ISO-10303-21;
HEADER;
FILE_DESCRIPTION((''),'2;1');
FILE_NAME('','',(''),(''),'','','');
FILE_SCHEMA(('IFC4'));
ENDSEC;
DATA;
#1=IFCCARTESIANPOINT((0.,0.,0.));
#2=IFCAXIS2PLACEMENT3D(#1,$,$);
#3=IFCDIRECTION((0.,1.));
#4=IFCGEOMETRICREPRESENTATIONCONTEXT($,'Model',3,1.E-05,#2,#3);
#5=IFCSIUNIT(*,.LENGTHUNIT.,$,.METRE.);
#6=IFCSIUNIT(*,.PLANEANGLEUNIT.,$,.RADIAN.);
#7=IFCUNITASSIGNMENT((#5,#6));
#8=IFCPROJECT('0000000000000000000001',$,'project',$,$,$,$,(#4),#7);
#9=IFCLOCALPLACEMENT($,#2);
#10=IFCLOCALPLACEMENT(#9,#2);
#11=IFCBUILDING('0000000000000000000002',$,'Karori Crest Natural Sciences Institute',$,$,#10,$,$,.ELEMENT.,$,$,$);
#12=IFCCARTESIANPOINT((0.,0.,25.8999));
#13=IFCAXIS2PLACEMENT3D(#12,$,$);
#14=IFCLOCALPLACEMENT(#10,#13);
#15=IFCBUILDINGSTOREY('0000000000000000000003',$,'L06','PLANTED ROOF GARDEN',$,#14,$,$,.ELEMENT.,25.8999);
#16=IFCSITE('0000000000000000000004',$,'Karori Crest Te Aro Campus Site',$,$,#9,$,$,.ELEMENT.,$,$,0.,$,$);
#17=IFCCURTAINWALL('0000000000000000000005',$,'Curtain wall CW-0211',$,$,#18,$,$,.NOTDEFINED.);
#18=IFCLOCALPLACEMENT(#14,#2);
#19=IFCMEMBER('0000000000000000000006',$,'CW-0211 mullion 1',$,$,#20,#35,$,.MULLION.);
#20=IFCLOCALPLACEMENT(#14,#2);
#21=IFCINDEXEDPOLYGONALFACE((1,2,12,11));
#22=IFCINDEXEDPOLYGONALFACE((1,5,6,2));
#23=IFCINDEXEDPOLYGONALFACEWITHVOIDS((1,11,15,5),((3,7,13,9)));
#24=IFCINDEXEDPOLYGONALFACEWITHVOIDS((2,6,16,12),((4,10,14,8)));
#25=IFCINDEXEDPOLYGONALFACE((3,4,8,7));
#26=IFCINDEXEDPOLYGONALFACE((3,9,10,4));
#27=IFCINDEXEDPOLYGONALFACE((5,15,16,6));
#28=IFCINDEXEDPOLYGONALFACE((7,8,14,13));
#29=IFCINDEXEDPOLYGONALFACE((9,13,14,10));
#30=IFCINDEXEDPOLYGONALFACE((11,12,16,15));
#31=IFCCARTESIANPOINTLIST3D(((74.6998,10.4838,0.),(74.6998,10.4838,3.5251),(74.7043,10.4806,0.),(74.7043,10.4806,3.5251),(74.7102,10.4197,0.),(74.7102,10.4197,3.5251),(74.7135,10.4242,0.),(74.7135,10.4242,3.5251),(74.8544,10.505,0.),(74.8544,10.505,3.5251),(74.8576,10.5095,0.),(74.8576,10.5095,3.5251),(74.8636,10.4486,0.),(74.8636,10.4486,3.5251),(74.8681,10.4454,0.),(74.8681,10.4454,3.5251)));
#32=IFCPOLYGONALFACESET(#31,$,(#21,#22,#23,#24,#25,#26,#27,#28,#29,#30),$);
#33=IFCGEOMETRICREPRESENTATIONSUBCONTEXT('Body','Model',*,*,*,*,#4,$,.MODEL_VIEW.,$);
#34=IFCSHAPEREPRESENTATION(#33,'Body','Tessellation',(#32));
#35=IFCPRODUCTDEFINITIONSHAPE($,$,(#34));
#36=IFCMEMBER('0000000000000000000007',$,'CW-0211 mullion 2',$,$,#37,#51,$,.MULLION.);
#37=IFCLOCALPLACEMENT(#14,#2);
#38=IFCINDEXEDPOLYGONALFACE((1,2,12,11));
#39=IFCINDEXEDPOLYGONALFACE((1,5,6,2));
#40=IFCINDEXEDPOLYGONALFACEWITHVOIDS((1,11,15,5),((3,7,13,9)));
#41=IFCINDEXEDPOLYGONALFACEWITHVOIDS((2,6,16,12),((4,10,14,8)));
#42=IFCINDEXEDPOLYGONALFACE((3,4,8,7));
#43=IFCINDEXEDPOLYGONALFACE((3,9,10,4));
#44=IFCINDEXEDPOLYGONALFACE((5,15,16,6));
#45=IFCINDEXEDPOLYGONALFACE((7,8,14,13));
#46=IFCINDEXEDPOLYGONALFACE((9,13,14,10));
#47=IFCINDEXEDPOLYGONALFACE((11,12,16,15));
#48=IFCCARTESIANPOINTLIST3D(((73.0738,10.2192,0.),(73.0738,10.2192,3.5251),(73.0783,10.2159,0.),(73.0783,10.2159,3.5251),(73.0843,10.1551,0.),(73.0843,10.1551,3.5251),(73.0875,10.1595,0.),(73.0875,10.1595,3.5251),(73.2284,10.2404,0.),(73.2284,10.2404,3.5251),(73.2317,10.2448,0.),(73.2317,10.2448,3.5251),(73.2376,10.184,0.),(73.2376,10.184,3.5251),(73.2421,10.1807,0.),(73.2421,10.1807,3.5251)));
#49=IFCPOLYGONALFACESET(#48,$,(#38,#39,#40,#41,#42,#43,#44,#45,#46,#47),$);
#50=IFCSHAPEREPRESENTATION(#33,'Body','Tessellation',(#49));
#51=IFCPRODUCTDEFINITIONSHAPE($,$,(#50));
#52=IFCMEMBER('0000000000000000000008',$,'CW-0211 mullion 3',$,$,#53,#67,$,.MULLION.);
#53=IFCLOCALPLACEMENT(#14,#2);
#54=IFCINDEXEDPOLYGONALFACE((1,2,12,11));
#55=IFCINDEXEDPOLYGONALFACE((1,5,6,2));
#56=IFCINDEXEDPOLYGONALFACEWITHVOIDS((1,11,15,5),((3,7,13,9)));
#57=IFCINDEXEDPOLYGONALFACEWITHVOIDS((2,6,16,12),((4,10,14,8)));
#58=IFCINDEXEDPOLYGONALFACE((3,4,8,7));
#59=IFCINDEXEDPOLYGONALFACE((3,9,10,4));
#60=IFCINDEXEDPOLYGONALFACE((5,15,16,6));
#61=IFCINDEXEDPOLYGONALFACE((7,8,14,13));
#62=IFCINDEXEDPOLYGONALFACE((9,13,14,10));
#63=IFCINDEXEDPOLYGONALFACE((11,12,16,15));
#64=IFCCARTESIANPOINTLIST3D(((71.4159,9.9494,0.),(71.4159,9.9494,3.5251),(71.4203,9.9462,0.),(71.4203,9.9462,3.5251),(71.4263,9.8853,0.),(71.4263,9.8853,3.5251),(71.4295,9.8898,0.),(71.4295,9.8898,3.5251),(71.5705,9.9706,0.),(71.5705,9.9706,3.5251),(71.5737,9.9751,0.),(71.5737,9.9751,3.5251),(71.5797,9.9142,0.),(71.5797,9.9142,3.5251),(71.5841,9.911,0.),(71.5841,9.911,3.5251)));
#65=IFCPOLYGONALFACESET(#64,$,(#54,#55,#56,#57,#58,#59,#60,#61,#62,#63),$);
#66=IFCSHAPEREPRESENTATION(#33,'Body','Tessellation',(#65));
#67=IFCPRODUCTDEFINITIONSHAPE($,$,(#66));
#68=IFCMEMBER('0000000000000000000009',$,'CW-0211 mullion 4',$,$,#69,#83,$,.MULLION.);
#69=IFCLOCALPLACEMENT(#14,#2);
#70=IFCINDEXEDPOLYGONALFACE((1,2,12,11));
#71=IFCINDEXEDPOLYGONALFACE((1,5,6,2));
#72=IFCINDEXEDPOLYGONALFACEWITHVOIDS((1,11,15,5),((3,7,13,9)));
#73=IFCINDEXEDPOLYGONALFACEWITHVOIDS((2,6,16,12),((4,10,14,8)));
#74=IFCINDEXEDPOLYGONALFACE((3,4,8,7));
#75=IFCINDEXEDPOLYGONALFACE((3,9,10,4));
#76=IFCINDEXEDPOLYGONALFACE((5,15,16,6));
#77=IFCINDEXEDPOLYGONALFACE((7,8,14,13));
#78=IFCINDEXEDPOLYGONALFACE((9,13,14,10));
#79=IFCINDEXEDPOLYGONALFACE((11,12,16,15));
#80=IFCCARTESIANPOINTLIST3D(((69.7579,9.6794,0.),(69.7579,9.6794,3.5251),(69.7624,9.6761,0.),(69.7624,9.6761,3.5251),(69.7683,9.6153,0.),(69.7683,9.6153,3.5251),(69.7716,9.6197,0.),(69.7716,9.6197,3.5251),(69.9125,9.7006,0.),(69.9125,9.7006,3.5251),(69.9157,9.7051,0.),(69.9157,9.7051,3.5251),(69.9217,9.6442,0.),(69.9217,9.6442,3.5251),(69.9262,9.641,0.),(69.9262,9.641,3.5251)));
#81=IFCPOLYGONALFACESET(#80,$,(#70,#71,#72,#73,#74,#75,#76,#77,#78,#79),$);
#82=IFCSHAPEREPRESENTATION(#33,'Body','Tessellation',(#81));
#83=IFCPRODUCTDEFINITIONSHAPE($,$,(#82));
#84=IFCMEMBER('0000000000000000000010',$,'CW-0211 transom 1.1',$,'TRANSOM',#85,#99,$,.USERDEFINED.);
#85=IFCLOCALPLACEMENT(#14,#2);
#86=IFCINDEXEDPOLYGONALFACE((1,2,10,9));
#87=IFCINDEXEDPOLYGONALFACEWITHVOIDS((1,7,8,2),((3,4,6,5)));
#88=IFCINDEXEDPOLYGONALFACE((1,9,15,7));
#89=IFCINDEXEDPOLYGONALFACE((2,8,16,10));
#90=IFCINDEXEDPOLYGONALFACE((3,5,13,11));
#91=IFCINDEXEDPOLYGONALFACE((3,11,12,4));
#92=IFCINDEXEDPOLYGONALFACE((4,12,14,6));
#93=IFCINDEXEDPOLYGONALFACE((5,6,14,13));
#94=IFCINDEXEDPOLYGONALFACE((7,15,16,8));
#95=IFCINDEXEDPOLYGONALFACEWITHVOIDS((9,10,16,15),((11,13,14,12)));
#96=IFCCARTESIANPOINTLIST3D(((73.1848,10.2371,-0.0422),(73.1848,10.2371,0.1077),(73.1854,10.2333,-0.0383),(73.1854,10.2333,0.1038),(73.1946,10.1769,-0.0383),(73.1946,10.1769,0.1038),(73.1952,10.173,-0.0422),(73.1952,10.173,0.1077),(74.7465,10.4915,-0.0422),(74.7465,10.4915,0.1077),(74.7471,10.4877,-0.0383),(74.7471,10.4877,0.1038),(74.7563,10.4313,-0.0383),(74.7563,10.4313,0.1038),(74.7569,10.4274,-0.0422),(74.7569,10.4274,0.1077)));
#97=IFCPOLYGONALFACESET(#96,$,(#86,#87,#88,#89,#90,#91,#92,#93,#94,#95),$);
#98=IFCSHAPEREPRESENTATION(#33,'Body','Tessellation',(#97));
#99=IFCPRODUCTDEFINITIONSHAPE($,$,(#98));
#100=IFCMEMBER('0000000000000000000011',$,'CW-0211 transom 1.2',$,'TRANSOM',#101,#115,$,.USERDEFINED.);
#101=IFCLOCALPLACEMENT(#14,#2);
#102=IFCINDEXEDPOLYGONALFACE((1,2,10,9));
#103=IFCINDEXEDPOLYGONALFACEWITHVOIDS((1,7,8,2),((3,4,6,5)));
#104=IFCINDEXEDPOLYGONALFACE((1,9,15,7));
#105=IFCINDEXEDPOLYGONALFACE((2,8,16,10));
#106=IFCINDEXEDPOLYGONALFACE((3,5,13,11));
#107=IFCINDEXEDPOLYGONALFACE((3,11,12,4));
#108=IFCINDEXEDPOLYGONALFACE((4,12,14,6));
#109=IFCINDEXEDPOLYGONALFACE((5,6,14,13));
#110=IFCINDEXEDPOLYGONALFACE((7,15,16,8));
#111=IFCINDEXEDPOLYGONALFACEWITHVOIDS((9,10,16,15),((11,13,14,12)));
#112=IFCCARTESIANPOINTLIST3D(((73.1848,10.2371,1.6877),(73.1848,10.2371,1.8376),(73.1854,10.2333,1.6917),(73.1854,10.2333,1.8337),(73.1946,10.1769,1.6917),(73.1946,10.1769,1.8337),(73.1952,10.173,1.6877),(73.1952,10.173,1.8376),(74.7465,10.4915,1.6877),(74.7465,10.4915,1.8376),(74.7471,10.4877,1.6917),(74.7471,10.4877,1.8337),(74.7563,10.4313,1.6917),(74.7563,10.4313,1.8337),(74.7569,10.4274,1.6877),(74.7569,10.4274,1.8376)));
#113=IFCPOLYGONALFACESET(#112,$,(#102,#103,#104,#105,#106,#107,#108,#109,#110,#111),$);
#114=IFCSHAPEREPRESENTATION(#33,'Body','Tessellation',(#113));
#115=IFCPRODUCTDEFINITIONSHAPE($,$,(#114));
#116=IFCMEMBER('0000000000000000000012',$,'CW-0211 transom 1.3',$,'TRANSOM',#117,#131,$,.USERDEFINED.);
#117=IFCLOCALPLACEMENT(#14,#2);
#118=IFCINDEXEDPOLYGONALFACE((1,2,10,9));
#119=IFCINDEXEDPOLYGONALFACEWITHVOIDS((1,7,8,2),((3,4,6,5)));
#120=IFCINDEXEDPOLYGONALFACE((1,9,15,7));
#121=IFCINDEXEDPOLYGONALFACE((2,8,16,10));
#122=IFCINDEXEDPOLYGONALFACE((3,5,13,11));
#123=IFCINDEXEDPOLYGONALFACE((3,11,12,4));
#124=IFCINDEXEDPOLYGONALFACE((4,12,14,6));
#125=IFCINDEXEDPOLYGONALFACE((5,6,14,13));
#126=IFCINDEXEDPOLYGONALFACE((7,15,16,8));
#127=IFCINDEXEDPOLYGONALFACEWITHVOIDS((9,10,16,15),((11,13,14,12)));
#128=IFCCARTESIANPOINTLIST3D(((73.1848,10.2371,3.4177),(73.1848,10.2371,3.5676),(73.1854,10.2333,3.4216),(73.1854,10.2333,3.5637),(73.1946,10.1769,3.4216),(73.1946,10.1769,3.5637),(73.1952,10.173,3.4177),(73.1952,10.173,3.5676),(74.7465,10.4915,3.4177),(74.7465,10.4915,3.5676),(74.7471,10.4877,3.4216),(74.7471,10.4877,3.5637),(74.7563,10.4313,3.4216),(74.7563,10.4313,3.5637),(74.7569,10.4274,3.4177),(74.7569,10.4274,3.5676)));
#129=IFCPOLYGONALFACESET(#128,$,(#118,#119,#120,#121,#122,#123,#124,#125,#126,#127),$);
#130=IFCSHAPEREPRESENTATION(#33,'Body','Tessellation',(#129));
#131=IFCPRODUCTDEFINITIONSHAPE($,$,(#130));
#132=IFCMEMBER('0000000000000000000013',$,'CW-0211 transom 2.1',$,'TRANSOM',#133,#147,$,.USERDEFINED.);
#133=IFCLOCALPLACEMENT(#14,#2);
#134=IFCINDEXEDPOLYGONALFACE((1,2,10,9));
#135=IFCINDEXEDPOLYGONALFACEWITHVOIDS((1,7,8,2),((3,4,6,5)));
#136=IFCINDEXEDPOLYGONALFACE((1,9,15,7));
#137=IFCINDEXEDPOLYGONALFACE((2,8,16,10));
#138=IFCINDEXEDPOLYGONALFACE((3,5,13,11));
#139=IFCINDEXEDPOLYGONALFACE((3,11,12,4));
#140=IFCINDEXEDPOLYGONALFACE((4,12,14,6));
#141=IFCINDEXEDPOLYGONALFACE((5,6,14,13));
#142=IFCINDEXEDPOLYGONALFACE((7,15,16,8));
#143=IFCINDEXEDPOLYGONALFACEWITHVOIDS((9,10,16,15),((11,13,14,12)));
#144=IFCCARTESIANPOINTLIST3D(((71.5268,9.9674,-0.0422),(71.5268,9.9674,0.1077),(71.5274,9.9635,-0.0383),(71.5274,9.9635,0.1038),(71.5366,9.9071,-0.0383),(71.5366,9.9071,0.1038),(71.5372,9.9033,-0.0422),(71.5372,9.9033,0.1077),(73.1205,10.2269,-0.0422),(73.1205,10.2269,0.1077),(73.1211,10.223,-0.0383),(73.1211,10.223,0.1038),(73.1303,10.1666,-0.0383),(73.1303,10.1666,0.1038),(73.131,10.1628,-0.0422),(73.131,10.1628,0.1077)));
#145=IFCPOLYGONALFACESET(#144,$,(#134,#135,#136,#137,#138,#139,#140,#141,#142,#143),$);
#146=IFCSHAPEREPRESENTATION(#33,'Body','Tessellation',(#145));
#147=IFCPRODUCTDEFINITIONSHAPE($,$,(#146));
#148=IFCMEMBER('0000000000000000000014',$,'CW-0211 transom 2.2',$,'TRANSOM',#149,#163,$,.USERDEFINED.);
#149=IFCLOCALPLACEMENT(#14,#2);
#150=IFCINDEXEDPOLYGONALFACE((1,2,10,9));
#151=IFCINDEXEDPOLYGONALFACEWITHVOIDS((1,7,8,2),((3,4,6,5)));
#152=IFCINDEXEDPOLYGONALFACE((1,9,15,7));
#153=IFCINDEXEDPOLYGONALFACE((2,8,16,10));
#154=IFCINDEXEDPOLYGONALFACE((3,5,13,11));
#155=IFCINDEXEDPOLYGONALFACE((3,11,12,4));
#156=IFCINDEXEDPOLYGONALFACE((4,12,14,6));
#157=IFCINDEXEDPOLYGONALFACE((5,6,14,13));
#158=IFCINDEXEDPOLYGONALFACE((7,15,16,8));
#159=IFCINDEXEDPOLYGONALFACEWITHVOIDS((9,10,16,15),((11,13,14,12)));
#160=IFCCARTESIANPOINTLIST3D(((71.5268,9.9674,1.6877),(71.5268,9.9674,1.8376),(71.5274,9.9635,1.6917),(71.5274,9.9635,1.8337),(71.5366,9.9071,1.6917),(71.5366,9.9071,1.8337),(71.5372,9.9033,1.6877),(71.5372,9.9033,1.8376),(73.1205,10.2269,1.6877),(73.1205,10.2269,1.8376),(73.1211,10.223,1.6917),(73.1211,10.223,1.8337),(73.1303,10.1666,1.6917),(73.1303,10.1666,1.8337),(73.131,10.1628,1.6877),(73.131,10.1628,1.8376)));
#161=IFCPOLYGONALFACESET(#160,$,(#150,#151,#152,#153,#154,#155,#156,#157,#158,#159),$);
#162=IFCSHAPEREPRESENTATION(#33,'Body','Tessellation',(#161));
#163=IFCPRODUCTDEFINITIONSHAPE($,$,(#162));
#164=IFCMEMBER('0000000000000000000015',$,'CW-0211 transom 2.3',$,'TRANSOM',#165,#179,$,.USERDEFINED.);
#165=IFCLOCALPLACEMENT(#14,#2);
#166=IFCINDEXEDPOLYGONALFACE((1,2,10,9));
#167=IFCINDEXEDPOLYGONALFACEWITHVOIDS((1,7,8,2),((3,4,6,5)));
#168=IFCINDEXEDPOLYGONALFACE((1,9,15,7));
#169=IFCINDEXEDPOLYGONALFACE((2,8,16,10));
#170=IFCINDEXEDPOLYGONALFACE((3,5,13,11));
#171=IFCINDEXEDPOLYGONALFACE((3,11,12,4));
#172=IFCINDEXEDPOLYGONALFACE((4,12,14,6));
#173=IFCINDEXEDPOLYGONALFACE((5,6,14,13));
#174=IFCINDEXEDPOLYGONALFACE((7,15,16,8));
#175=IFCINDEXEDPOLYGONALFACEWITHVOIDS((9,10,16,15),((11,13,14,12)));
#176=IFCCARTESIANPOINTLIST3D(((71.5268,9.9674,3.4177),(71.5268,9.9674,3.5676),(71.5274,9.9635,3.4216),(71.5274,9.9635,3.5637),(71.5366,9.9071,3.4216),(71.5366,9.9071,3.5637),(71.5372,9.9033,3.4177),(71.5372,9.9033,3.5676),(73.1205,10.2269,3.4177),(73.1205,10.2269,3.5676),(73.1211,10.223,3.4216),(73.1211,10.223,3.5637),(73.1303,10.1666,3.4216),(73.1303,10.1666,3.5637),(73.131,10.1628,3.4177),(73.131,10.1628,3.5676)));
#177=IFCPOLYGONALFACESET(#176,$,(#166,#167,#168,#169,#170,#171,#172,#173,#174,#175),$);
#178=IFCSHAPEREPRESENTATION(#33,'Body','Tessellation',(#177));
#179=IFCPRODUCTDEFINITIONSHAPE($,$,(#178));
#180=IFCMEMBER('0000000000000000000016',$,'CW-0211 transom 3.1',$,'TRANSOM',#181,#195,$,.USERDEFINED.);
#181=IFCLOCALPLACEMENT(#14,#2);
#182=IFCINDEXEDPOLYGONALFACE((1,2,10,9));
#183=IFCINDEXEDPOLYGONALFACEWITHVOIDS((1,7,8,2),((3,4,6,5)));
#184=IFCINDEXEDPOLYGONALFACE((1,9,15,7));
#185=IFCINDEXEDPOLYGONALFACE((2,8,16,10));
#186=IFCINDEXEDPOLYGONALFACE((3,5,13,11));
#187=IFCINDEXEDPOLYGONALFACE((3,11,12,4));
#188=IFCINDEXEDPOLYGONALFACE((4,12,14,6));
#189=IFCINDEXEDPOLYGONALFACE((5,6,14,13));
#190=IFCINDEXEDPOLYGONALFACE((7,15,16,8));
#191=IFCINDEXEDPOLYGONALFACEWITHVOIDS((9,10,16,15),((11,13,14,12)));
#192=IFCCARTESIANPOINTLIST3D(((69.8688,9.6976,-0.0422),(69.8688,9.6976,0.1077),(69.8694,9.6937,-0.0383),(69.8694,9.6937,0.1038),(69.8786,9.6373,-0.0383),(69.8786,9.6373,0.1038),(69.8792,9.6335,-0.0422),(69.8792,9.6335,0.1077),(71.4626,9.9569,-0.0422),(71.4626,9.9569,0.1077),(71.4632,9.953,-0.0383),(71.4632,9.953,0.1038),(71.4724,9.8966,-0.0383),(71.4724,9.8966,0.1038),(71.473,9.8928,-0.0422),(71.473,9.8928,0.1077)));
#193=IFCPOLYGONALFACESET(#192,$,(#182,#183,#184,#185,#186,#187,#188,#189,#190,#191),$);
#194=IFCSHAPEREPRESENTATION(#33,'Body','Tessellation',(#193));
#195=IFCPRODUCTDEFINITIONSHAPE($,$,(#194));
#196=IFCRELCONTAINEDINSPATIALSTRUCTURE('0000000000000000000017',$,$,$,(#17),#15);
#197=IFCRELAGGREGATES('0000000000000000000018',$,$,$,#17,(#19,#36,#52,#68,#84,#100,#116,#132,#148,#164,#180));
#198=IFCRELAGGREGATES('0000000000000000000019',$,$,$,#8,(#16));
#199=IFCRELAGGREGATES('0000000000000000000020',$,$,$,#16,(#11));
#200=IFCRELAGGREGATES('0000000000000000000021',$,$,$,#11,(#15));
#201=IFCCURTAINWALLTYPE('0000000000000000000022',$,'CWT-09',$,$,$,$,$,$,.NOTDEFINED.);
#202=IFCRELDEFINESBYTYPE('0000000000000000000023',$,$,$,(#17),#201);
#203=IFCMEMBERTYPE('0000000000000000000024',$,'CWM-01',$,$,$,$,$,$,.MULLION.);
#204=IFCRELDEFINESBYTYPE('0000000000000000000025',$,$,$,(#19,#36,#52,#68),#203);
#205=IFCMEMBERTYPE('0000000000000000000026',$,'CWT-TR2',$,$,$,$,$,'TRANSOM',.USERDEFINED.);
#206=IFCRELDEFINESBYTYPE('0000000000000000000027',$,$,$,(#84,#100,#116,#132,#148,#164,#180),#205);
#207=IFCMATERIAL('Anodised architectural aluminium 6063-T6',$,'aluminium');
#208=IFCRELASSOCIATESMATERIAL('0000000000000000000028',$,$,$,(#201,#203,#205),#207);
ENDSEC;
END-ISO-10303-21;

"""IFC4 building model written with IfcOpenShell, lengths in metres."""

from ifc_helpers import new_model, si_unit, direction, frame, origin, origin_2d, place, context, subcontext, project, spatial, hollow_rectangle, extrude, material, material_profile, profile_set, type_object, element, aggregate, save


model = new_model("IFC4")

# Units and contexts
model_context = context("Model", 3, precision=1e-05, world=origin(), true_north=direction((0.0, 1.0)))
body_context = subcontext(model_context, "Body", "Model", "MODEL_VIEW")
ifc_project = project(units=[si_unit("LENGTHUNIT", "METRE"), si_unit("PLANEANGLEUNIT", "RADIAN")], contexts=[model_context])

# Site, building, storey
site_placement = place(None, origin())
site = spatial("IfcSite", under=ifc_project, at=site_placement, Name="Karori Crest Te Aro Campus Site", CompositionType="ELEMENT", RefElevation=0.0)
building_placement = place(site_placement, origin())
building = spatial("IfcBuilding", under=site, at=building_placement, Name="Karori Crest Natural Sciences Institute", CompositionType="ELEMENT")
storey_placement = place(building_placement, frame((0.0, 0.0, 25.8999)))
storey = spatial("IfcBuildingStorey", under=building, at=storey_placement, Name="L06", Description="PLANTED ROOF GARDEN", CompositionType="ELEMENT", Elevation=25.8999)

# Curtain wall, members
ifc_material_1 = material(Name="Anodised architectural aluminium 6063-T6", Category="aluminium")
curtain_wall_type = type_object("IfcCurtainWallType", Name="CWT-09", PredefinedType="NOTDEFINED", material=ifc_material_1)
curtain_wall_placement = place(storey_placement, origin())
curtain_wall = element("IfcCurtainWall", 1, at=curtain_wall_placement, inside=storey, type_object=curtain_wall_type, Name="Curtain wall CW-0211", PredefinedType="NOTDEFINED")
ifc_material_profile_1 = material_profile(ifc_material_1, hollow_rectangle(XDim=0.0649, YDim=0.1599, WallThickness=0.0039, at=origin_2d()), Name="CWM160x65x4")
ifc_profile_set_1 = profile_set([ifc_material_profile_1], Name="Anodised architectural aluminium 6063-T6")
member_type_1 = type_object("IfcMemberType", Name="CWM-01", PredefinedType="MULLION", material=ifc_profile_set_1)
member_1_placement = place(storey_placement, frame((74.7839, 10.4646, 0.0), z_axis=(0.0, 0.0, 1.0), x_axis=(0.16065, -0.987011, 0.0)))
member_1 = element("IfcMember", 2, at=member_1_placement, type_object=member_type_1, Name="CW-0211 mullion 1", PredefinedType="MULLION", context=body_context, shape_type="SweptSolid", body=[
    extrude(hollow_rectangle(XDim=0.0649, YDim=0.1599, WallThickness=0.0039, at=origin_2d()), origin(), (0.0, 0.0, 1.0), 3.5251),
])
member_2_placement = place(storey_placement, frame((73.158, 10.2, 0.0), z_axis=(0.0, 0.0, 1.0), x_axis=(0.16065, -0.987011, 0.0)))
member_2 = element("IfcMember", 3, at=member_2_placement, type_object=member_type_1, Name="CW-0211 mullion 2", PredefinedType="MULLION", context=body_context, shape_type="SweptSolid", body=[
    extrude(hollow_rectangle(XDim=0.0649, YDim=0.1599, WallThickness=0.0039, at=origin_2d()), origin(), (0.0, 0.0, 1.0), 3.5251),
])
member_3_placement = place(storey_placement, frame((71.5, 9.9302, 0.0), z_axis=(0.0, 0.0, 1.0), x_axis=(0.16065, -0.987011, 0.0)))
member_3 = element("IfcMember", 4, at=member_3_placement, type_object=member_type_1, Name="CW-0211 mullion 3", PredefinedType="MULLION", context=body_context, shape_type="SweptSolid", body=[
    extrude(hollow_rectangle(XDim=0.0649, YDim=0.1599, WallThickness=0.0039, at=origin_2d()), origin(), (0.0, 0.0, 1.0), 3.5251),
])
member_4_placement = place(storey_placement, frame((69.842, 9.6602, 0.0), z_axis=(0.0, 0.0, 1.0), x_axis=(0.16065, -0.987011, 0.0)))
member_4 = element("IfcMember", 5, at=member_4_placement, type_object=member_type_1, Name="CW-0211 mullion 4", PredefinedType="MULLION", context=body_context, shape_type="SweptSolid", body=[
    extrude(hollow_rectangle(XDim=0.0649, YDim=0.1599, WallThickness=0.0039, at=origin_2d()), origin(), (0.0, 0.0, 1.0), 3.5251),
])
ifc_material_profile_2 = material_profile(ifc_material_1, hollow_rectangle(XDim=0.0649, YDim=0.1499, WallThickness=0.0039, at=origin_2d()), Name="CWT150x65x4")
ifc_profile_set_2 = profile_set([ifc_material_profile_2], Name="Anodised architectural aluminium 6063-T6")
member_type_2 = type_object("IfcMemberType", Name="CWT-TR2", ElementType="TRANSOM", PredefinedType="USERDEFINED", material=ifc_profile_set_2)
member_5_placement = place(storey_placement, frame((74.7517, 10.4595, 0.0327), z_axis=(-0.986992, -0.16077, 0.0), x_axis=(0.16077, -0.986992, 0.0)))
member_5 = element("IfcMember", 6, at=member_5_placement, type_object=member_type_2, Name="CW-0211 transom 1.1", ObjectType="TRANSOM", PredefinedType="USERDEFINED", context=body_context, shape_type="SweptSolid", body=[
    extrude(hollow_rectangle(XDim=0.0649, YDim=0.1499, WallThickness=0.0039, at=origin_2d()), origin(), (0.0, 0.0, 1.0), 1.5823),
])
member_6_placement = place(storey_placement, frame((74.7517, 10.4595, 1.7627), z_axis=(-0.986992, -0.16077, 0.0), x_axis=(0.16077, -0.986992, 0.0)))
member_6 = element("IfcMember", 7, at=member_6_placement, type_object=member_type_2, Name="CW-0211 transom 1.2", ObjectType="TRANSOM", PredefinedType="USERDEFINED", context=body_context, shape_type="SweptSolid", body=[
    extrude(hollow_rectangle(XDim=0.0649, YDim=0.1499, WallThickness=0.0039, at=origin_2d()), origin(), (0.0, 0.0, 1.0), 1.5823),
])
member_7_placement = place(storey_placement, frame((74.7517, 10.4595, 3.4927), z_axis=(-0.986992, -0.16077, 0.0), x_axis=(0.16077, -0.986992, 0.0)))
member_7 = element("IfcMember", 8, at=member_7_placement, type_object=member_type_2, Name="CW-0211 transom 1.3", ObjectType="TRANSOM", PredefinedType="USERDEFINED", context=body_context, shape_type="SweptSolid", body=[
    extrude(hollow_rectangle(XDim=0.0649, YDim=0.1499, WallThickness=0.0039, at=origin_2d()), origin(), (0.0, 0.0, 1.0), 1.5823),
])
member_8_placement = place(storey_placement, frame((73.1257, 10.1948, 0.0327), z_axis=(-0.987, -0.16072, 0.0), x_axis=(0.16072, -0.987, 0.0)))
member_8 = element("IfcMember", 9, at=member_8_placement, type_object=member_type_2, Name="CW-0211 transom 2.1", ObjectType="TRANSOM", PredefinedType="USERDEFINED", context=body_context, shape_type="SweptSolid", body=[
    extrude(hollow_rectangle(XDim=0.0649, YDim=0.1499, WallThickness=0.0039, at=origin_2d()), origin(), (0.0, 0.0, 1.0), 1.6147),
])
member_9_placement = place(storey_placement, frame((73.1257, 10.1948, 1.7627), z_axis=(-0.987, -0.16072, 0.0), x_axis=(0.16072, -0.987, 0.0)))
member_9 = element("IfcMember", 10, at=member_9_placement, type_object=member_type_2, Name="CW-0211 transom 2.2", ObjectType="TRANSOM", PredefinedType="USERDEFINED", context=body_context, shape_type="SweptSolid", body=[
    extrude(hollow_rectangle(XDim=0.0649, YDim=0.1499, WallThickness=0.0039, at=origin_2d()), origin(), (0.0, 0.0, 1.0), 1.6147),
])
member_10_placement = place(storey_placement, frame((73.1257, 10.1948, 3.4927), z_axis=(-0.987, -0.16072, 0.0), x_axis=(0.16072, -0.987, 0.0)))
member_10 = element("IfcMember", 11, at=member_10_placement, type_object=member_type_2, Name="CW-0211 transom 2.3", ObjectType="TRANSOM", PredefinedType="USERDEFINED", context=body_context, shape_type="SweptSolid", body=[
    extrude(hollow_rectangle(XDim=0.0649, YDim=0.1499, WallThickness=0.0039, at=origin_2d()), origin(), (0.0, 0.0, 1.0), 1.6147),
])
member_11_placement = place(storey_placement, frame((71.4678, 9.9248, 0.0327), z_axis=(-0.987024, -0.160573, 0.0), x_axis=(0.160573, -0.987024, 0.0)))
member_11 = element("IfcMember", 12, at=member_11_placement, type_object=member_type_2, Name="CW-0211 transom 3.1", ObjectType="TRANSOM", PredefinedType="USERDEFINED", context=body_context, shape_type="SweptSolid", body=[
    extrude(hollow_rectangle(XDim=0.0649, YDim=0.1499, WallThickness=0.0039, at=origin_2d()), origin(), (0.0, 0.0, 1.0), 1.6147),
])
aggregate(curtain_wall, [member_1, member_2, member_3, member_4, member_5, member_6, member_7, member_8, member_9, member_10, member_11])

save(model, "model.ifc")
